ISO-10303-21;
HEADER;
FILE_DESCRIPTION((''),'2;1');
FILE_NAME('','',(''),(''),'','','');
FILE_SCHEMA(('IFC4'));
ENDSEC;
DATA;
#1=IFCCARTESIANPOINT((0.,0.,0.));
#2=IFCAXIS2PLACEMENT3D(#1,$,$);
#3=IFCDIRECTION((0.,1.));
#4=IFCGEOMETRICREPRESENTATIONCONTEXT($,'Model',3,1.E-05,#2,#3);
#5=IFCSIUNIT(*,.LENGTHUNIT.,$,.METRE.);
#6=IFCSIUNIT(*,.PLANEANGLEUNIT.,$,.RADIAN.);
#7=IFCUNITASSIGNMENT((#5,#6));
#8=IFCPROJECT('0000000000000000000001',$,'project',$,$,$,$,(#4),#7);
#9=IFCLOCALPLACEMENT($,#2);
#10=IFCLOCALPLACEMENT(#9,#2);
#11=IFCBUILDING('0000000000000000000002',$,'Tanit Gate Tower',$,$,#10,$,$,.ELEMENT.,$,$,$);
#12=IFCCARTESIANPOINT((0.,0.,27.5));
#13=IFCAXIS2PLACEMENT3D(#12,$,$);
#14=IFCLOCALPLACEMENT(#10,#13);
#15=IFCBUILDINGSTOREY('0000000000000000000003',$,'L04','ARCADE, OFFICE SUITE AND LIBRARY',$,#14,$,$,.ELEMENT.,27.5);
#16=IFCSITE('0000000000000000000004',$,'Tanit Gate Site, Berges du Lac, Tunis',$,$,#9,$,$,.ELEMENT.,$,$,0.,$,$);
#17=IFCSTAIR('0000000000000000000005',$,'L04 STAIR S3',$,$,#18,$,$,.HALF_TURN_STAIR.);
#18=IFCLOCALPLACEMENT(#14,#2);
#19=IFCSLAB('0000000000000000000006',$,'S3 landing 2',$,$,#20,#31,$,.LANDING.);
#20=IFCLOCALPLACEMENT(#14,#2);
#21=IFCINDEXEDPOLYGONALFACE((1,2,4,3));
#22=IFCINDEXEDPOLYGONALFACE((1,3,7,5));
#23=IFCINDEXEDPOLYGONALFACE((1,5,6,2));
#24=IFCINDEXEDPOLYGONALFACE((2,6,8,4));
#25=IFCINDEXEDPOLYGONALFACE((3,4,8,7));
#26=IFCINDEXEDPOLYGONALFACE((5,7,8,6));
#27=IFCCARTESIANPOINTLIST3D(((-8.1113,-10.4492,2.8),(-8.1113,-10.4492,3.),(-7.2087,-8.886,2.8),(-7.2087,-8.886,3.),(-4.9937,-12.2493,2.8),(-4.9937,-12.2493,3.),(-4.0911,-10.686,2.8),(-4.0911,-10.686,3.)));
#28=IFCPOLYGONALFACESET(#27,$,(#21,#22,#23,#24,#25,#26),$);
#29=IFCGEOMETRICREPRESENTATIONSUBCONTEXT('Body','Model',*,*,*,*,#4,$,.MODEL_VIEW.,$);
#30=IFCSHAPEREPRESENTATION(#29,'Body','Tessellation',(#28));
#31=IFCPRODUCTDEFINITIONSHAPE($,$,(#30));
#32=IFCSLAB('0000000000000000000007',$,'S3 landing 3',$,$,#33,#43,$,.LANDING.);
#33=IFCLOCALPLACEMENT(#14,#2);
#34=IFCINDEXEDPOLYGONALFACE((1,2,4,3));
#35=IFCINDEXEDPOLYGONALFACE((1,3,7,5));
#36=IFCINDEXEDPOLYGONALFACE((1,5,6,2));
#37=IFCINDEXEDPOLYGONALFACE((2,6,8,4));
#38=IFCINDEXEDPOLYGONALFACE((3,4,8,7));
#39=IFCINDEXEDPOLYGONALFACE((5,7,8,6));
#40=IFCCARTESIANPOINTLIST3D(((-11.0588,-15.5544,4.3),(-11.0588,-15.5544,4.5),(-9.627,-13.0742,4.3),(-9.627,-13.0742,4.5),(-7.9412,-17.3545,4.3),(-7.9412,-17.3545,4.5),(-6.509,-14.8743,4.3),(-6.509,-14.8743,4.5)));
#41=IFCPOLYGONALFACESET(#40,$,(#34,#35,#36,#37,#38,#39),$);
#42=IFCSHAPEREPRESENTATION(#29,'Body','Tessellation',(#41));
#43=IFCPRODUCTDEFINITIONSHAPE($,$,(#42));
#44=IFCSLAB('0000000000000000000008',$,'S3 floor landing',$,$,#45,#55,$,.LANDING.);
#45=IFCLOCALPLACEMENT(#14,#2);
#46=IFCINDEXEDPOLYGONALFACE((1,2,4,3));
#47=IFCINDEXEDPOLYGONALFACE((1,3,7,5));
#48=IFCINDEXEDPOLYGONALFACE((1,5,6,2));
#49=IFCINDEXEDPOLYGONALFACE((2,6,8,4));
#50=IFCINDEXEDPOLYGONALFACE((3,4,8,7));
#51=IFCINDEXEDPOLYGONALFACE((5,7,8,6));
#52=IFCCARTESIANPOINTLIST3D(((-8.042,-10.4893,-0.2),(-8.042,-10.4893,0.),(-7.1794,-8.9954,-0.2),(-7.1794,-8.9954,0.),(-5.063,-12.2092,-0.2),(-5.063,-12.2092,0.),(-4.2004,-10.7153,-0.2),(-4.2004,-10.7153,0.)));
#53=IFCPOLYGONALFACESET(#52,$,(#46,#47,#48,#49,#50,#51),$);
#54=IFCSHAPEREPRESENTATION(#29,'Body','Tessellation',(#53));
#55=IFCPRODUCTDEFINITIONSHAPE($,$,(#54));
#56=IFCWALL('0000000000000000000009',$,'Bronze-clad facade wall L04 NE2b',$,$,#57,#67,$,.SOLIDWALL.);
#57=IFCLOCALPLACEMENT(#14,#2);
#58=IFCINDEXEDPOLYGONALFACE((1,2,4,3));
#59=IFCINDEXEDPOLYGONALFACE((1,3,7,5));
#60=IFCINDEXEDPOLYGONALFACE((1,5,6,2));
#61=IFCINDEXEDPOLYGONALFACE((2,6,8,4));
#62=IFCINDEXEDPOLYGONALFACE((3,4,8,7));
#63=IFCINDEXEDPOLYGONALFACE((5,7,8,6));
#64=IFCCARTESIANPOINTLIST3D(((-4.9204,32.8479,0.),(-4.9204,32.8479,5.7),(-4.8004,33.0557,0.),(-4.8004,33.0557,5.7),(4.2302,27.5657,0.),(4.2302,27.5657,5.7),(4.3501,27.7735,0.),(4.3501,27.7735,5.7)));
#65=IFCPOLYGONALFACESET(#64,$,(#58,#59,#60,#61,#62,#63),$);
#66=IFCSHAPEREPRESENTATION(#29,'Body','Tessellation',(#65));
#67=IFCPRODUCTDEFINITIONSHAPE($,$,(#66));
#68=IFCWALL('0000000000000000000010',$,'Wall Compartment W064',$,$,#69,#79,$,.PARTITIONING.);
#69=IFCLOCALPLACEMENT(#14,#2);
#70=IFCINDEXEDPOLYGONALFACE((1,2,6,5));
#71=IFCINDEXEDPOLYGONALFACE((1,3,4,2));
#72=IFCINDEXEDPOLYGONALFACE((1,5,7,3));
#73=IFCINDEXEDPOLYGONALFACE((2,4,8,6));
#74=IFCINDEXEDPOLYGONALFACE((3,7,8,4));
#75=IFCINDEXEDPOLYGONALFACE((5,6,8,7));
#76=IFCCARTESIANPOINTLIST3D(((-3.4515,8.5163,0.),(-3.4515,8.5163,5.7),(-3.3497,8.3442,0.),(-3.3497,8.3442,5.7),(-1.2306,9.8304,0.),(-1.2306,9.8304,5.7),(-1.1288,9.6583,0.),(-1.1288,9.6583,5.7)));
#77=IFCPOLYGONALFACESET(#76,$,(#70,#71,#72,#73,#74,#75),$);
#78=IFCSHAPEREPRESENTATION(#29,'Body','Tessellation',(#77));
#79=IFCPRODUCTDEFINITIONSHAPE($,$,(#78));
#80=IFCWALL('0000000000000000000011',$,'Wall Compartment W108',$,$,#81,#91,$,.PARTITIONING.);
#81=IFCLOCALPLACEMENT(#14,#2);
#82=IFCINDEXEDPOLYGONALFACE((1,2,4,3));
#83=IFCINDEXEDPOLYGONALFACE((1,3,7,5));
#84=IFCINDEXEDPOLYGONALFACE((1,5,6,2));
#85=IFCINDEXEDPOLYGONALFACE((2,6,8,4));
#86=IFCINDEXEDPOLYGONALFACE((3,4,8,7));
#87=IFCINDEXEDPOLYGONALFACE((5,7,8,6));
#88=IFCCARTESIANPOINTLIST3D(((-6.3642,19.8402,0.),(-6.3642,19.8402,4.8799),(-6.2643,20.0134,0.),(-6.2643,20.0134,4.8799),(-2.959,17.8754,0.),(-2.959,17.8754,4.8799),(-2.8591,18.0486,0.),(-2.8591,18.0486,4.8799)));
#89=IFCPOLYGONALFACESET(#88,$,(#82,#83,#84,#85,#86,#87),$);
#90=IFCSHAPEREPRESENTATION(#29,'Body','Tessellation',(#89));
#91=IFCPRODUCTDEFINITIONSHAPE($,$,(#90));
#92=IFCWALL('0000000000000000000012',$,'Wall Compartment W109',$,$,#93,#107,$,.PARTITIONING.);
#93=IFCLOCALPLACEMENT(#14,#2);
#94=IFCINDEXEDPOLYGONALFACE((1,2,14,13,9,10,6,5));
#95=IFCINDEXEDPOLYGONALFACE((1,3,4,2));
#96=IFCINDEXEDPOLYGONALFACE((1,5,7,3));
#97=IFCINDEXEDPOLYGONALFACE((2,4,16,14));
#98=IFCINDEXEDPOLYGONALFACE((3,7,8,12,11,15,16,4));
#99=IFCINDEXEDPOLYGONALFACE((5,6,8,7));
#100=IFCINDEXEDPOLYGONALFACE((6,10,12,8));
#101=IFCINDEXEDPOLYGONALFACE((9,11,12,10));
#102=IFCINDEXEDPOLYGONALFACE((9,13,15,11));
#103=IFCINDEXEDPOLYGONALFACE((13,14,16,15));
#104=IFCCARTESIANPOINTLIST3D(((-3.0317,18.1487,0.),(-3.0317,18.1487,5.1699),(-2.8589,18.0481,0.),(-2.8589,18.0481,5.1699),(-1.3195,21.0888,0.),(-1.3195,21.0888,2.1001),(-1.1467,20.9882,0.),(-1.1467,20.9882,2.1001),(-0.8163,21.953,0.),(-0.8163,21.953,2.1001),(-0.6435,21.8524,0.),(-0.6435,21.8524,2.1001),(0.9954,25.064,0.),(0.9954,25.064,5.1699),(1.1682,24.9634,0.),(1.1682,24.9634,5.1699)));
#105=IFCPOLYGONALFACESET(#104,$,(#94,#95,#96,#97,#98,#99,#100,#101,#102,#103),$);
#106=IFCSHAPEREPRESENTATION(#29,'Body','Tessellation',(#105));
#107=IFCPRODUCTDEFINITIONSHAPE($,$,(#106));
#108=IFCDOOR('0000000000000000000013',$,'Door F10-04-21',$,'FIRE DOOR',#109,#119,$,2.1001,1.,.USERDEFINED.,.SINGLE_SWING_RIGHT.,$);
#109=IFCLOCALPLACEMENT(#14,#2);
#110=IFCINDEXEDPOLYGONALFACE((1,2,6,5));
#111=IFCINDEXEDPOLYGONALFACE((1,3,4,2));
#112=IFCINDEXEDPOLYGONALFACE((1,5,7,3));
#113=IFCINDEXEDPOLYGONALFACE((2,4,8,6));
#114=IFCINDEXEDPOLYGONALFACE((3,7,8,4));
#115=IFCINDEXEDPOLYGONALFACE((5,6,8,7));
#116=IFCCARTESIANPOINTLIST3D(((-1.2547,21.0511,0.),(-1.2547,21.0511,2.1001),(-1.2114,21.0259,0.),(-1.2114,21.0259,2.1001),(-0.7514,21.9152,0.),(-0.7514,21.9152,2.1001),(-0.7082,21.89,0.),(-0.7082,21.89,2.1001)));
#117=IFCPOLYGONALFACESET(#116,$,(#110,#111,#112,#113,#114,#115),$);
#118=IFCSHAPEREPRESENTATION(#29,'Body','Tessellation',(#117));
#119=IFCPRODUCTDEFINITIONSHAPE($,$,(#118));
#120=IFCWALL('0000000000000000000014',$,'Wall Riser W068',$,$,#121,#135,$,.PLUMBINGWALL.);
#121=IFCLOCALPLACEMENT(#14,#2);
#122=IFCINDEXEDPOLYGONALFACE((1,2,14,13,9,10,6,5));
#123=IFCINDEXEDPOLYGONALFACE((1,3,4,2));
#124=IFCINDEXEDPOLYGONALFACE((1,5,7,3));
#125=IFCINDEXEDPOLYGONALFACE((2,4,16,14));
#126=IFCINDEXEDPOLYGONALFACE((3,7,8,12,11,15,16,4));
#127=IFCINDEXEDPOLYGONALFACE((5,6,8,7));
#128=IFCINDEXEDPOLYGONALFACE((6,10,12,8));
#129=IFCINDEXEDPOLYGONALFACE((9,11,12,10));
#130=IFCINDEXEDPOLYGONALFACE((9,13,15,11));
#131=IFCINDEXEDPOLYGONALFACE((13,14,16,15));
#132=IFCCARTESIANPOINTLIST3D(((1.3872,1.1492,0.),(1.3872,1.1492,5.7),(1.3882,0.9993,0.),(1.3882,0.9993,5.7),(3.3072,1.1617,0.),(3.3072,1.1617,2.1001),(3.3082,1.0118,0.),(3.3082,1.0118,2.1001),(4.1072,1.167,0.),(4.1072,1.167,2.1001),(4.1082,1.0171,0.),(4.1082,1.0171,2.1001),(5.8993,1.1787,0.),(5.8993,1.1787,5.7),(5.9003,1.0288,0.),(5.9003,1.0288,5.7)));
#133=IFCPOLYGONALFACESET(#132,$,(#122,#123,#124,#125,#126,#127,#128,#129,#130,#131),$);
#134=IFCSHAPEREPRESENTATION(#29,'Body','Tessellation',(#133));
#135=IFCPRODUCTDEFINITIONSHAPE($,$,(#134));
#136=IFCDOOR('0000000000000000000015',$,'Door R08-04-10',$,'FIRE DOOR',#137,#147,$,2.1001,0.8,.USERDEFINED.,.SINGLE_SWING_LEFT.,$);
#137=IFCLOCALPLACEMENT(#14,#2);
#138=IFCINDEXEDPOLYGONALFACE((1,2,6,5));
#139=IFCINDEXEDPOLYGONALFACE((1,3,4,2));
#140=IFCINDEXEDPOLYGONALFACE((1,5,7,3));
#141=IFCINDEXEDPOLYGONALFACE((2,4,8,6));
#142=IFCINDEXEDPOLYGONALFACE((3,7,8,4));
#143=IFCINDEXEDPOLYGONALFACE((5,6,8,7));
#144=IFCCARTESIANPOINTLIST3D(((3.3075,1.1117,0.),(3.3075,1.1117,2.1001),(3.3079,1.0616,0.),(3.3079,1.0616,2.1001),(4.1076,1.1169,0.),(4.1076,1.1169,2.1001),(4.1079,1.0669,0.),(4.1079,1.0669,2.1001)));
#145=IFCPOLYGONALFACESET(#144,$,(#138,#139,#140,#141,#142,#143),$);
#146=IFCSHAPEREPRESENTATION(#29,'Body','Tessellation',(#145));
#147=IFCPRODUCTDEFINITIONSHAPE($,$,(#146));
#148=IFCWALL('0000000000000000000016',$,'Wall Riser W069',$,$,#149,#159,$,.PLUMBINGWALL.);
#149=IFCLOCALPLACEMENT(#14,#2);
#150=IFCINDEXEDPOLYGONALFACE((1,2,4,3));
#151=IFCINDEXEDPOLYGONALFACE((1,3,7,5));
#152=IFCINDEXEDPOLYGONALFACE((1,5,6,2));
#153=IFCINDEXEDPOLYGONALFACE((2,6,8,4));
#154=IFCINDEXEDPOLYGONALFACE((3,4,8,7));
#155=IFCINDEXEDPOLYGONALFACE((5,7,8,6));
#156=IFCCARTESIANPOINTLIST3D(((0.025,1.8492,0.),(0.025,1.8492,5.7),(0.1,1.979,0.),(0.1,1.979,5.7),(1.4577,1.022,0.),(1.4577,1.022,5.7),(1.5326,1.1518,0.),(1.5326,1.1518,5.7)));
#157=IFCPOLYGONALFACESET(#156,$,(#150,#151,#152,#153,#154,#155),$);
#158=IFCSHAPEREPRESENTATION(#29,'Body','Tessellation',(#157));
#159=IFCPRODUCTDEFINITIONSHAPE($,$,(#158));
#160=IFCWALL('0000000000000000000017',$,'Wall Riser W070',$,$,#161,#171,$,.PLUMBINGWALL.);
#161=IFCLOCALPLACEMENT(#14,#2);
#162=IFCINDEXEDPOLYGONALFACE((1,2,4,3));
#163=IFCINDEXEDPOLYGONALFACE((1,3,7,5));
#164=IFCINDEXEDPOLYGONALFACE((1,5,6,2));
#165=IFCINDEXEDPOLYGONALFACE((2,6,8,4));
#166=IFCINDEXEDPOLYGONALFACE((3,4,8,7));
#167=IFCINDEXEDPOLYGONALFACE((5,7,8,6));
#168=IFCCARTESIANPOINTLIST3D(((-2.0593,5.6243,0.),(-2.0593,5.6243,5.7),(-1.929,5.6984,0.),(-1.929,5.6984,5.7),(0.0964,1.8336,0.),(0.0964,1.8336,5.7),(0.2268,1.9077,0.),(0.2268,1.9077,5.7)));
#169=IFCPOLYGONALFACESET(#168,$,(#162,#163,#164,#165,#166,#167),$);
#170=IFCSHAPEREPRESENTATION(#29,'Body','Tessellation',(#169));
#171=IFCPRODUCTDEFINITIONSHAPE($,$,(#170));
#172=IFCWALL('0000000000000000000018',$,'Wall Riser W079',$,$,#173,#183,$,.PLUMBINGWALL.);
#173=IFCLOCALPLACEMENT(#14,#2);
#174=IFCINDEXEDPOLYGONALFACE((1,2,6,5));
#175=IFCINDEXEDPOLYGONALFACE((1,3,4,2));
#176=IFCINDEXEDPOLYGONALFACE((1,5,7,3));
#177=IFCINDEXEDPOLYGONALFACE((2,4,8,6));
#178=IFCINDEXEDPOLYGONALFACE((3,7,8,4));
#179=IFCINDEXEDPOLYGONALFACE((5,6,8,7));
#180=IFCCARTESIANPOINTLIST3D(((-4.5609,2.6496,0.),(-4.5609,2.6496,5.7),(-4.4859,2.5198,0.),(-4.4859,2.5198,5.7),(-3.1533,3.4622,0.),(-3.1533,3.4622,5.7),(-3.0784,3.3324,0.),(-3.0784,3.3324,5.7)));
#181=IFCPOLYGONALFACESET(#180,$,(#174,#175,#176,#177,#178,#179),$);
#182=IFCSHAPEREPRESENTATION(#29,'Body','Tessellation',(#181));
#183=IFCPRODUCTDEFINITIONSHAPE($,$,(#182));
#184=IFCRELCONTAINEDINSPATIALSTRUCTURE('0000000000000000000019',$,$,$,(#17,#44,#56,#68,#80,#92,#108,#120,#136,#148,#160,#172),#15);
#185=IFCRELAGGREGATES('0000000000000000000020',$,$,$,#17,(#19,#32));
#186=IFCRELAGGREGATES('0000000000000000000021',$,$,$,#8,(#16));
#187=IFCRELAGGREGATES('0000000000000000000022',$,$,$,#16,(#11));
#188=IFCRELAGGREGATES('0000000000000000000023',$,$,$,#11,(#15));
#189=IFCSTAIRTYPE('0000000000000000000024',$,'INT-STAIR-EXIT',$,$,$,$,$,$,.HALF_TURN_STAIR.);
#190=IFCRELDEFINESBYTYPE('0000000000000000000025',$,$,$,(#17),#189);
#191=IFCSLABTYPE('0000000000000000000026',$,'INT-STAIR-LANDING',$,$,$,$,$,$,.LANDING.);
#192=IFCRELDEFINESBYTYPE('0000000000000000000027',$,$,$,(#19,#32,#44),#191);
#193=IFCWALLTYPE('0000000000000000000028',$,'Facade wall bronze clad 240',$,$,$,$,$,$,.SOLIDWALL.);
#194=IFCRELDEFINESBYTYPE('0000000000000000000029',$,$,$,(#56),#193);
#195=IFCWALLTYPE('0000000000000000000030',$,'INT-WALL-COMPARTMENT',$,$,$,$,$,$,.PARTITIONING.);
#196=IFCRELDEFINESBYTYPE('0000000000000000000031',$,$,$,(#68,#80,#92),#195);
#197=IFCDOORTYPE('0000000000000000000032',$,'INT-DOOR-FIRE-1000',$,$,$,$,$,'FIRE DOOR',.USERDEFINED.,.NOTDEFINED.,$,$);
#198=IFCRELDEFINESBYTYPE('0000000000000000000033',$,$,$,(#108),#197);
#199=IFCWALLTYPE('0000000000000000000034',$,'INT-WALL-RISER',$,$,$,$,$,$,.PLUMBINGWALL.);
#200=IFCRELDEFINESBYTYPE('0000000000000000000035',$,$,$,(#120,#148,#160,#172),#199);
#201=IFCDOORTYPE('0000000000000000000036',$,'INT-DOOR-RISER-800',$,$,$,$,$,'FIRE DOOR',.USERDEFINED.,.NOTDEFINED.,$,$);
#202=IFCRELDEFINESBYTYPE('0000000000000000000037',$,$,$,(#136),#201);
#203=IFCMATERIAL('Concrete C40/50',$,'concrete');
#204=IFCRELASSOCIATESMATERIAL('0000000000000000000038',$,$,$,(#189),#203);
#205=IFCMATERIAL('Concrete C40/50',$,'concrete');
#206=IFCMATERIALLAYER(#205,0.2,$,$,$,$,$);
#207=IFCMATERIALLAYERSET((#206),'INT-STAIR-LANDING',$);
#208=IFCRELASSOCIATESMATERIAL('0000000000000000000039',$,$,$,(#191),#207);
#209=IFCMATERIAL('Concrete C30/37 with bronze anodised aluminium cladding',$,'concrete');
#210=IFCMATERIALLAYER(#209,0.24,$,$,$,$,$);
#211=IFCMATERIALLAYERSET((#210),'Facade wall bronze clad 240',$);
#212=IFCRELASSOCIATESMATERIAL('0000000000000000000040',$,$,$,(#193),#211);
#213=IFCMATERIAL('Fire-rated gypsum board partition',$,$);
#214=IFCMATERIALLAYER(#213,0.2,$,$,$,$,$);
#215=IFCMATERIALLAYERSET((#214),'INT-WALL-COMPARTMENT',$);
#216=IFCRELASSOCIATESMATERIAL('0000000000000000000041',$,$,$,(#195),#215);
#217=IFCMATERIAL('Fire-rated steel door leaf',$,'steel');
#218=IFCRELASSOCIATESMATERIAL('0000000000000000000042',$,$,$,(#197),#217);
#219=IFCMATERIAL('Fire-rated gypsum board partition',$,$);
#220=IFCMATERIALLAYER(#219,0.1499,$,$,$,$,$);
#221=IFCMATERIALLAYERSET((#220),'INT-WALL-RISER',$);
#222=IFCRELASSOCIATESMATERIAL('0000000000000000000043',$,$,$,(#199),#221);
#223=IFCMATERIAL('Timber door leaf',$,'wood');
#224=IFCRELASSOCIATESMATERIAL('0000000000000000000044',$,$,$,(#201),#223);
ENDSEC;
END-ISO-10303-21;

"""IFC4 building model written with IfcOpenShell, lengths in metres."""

from ifc_helpers import new_model, si_unit, direction, frame, frame_2d, origin, place, context, subcontext, project, spatial, polyline, rectangle, outline, extrude, material, layer, layer_set, type_object, element, fill, aggregate, save


model = new_model("IFC4")

# Units and contexts
model_context = context("Model", 3, precision=1e-05, world=origin(), true_north=direction((0.0, 1.0)))
body_context = subcontext(model_context, "Body", "Model", "MODEL_VIEW")
ifc_project = project(units=[si_unit("LENGTHUNIT", "METRE"), si_unit("PLANEANGLEUNIT", "RADIAN")], contexts=[model_context])

# Site, building, storey
site_placement = place(None, origin())
site = spatial("IfcSite", under=ifc_project, at=site_placement, Name="Tanit Gate Site, Berges du Lac, Tunis", CompositionType="ELEMENT", RefElevation=0.0)
building_placement = place(site_placement, origin())
building = spatial("IfcBuilding", under=site, at=building_placement, Name="Tanit Gate Tower", CompositionType="ELEMENT")
storey_placement = place(building_placement, frame((0.0, 0.0, 27.5)))
storey = spatial("IfcBuildingStorey", under=building, at=storey_placement, Name="L04", Description="ARCADE, OFFICE SUITE AND LIBRARY", CompositionType="ELEMENT", Elevation=27.5)

# Shared definitions
ifc_material_1 = material(Name="Concrete C40/50", Category="concrete")
stair_type = type_object("IfcStairType", Name="INT-STAIR-EXIT", PredefinedType="HALF_TURN_STAIR", material=ifc_material_1)
ifc_material_2 = material(Name="Concrete C40/50", Category="concrete")
ifc_layer_1 = layer(ifc_material_2, 0.2)
ifc_layer_set_1 = layer_set([ifc_layer_1], Name="INT-STAIR-LANDING")
slab_type = type_object("IfcSlabType", Name="INT-STAIR-LANDING", PredefinedType="LANDING", material=ifc_layer_set_1)

# Stair, slabs
stair_1_placement = place(storey_placement, origin())
stair_1 = element("IfcStair", 1, at=stair_1_placement, inside=storey, type_object=stair_type, Name="L04 STAIR S3", PredefinedType="HALF_TURN_STAIR")
slab_1_placement = place(storey_placement, frame((0.0, 0.0, 2.8)))
slab_1 = element("IfcSlab", 2, at=slab_1_placement, type_object=slab_type, Name="S3 landing 2", PredefinedType="LANDING", context=body_context, shape_type="SweptSolid", body=[
    extrude(outline(polyline([(-7.2087, -8.886), (-8.1113, -10.4492), (-4.9937, -12.2493), (-4.0911, -10.686), (-7.2087, -8.886)])), origin(), (0.0, 0.0, 1.0), 0.2),
])
slab_2_placement = place(storey_placement, frame((0.0, 0.0, 4.3)))
slab_2 = element("IfcSlab", 3, at=slab_2_placement, type_object=slab_type, Name="S3 landing 3", PredefinedType="LANDING", context=body_context, shape_type="SweptSolid", body=[
    extrude(outline(polyline([(-9.627, -13.0742), (-11.0588, -15.5544), (-7.9412, -17.3545), (-6.509, -14.8743), (-9.627, -13.0742)])), origin(), (0.0, 0.0, 1.0), 0.2),
])
aggregate(stair_1, [slab_1, slab_2])

# Slab
slab_3_placement = place(storey_placement, frame((0.0, 0.0, -0.2)))
element("IfcSlab", 4, at=slab_3_placement, inside=storey, type_object=slab_type, Name="S3 floor landing", PredefinedType="LANDING", context=body_context, shape_type="SweptSolid", body=[
    extrude(outline(polyline([(-7.1794, -8.9954), (-8.042, -10.4893), (-5.063, -12.2092), (-4.2004, -10.7153), (-7.1794, -8.9954)])), origin(), (0.0, 0.0, 1.0), 0.2),
])

# Walls
ifc_material_3 = material(Name="Concrete C30/37 with bronze anodised aluminium cladding", Category="concrete")
ifc_layer_2 = layer(ifc_material_3, 0.24)
ifc_layer_set_2 = layer_set([ifc_layer_2], Name="Facade wall bronze clad 240")
wall_type_1 = type_object("IfcWallType", Name="Facade wall bronze clad 240", PredefinedType="SOLIDWALL", material=ifc_layer_set_2)
wall_1_placement = place(storey_placement, frame((4.29, 27.6697, 0.0), z_axis=(0.0, 0.0, 1.0), x_axis=(-0.866062, 0.499936, 0.0)))
element("IfcWall", 5, at=wall_1_placement, inside=storey, type_object=wall_type_1, Name="Bronze-clad facade wall L04 NE2b", PredefinedType="SOLIDWALL", context=body_context, shape_type="SweptSolid", body=[
    extrude(rectangle(XDim=10.5657, YDim=0.24, at=frame_2d((5.2827, 0.0))), origin(), (0.0, 0.0, 1.0), 5.7),
])
ifc_material_4 = material(Name="Fire-rated gypsum board partition")
ifc_layer_3 = layer(ifc_material_4, 0.2)
ifc_layer_set_3 = layer_set([ifc_layer_3], Name="INT-WALL-COMPARTMENT")
wall_type_2 = type_object("IfcWallType", Name="INT-WALL-COMPARTMENT", PredefinedType="PARTITIONING", material=ifc_layer_set_3)
wall_2_placement = place(storey_placement, frame((-1.1797, 9.7444, 0.0), z_axis=(0.0, 0.0, 1.0), x_axis=(-0.860616, -0.509255, 0.0)))
element("IfcWall", 6, at=wall_2_placement, inside=storey, type_object=wall_type_2, Name="Wall Compartment W064", PredefinedType="PARTITIONING", context=body_context, shape_type="SweptSolid", body=[
    extrude(rectangle(XDim=2.5806, YDim=0.2, at=frame_2d((1.2903, 0.0))), origin(), (0.0, 0.0, 1.0), 5.7),
])
wall_3_placement = place(storey_placement, frame((-2.9089, 17.9619, 0.0), z_axis=(0.0, 0.0, 1.0), x_axis=(-0.866157, 0.499773, 0.0)))
element("IfcWall", 7, at=wall_3_placement, inside=storey, type_object=wall_type_2, Name="Wall Compartment W108", PredefinedType="PARTITIONING", context=body_context, shape_type="SweptSolid", body=[
    extrude(rectangle(XDim=3.9314, YDim=0.2, at=frame_2d((1.9658, 0.0))), origin(), (0.0, 0.0, 1.0), 4.8799),
])

# Walls, openings, doors
wall_4_placement = place(storey_placement, frame((-2.9453, 18.0984, 0.0), z_axis=(0.0, 0.0, 1.0), x_axis=(0.503235, 0.864149, 0.0)))
wall_4 = element("IfcWall", 8, at=wall_4_placement, inside=storey, type_object=wall_type_2, Name="Wall Compartment W109", PredefinedType="PARTITIONING", context=body_context, shape_type="SweptSolid", body=[
    extrude(rectangle(XDim=8.0024, YDim=0.2, at=frame_2d((4.0012, 0.0))), origin(), (0.0, 0.0, 1.0), 5.1699),
])
opening_1_placement = place(wall_4_placement, frame((3.4023, 0.0, 0.0)))
opening_1 = element("IfcOpeningElement", 9, at=opening_1_placement, cuts=wall_4, PredefinedType="OPENING", context=body_context, shape_type="SweptSolid", body=[
    extrude(rectangle(XDim=1.0, YDim=2.1001, at=frame_2d((0.5, 1.05))), frame((0.0, 0.1099, 0.0), z_axis=(0.0, -1.0, 0.0), x_axis=(1.0, 0.0, 0.0)), (0.0, 0.0, 1.0), 0.22),
])
ifc_material_5 = material(Name="Fire-rated steel door leaf", Category="steel")
door_type_1 = type_object("IfcDoorType", Name="INT-DOOR-FIRE-1000", ElementType="FIRE DOOR", OperationType="NOTDEFINED", PredefinedType="USERDEFINED", material=ifc_material_5)
door_1_placement = place(opening_1_placement, origin())
door_1 = element("IfcDoor", 10, at=door_1_placement, inside=storey, type_object=door_type_1, Name="Door F10-04-21", ObjectType="FIRE DOOR", OperationType="SINGLE_SWING_RIGHT", OverallHeight=2.1001, OverallWidth=1.0, PredefinedType="USERDEFINED", context=body_context, shape_type="SweptSolid", body=[
    extrude(rectangle(XDim=1.0, YDim=2.1001, at=frame_2d((0.5, 1.05))), frame((0.0, 0.0249, 0.0), z_axis=(0.0, -1.0, 0.0), x_axis=(1.0, 0.0, 0.0)), (0.0, 0.0, 1.0), 0.05),
])
fill(opening_1, door_1)
ifc_material_6 = material(Name="Fire-rated gypsum board partition")
ifc_layer_4 = layer(ifc_material_6, 0.1499)
ifc_layer_set_4 = layer_set([ifc_layer_4], Name="INT-WALL-RISER")
wall_type_3 = type_object("IfcWallType", Name="INT-WALL-RISER", PredefinedType="PLUMBINGWALL", material=ifc_layer_set_4)
wall_5_placement = place(storey_placement, frame((1.3877, 1.0742, 0.0), z_axis=(0.0, 0.0, 1.0), x_axis=(0.999979, 0.006547, 0.0)))
wall_5 = element("IfcWall", 11, at=wall_5_placement, inside=storey, type_object=wall_type_3, Name="Wall Riser W068", PredefinedType="PLUMBINGWALL", context=body_context, shape_type="SweptSolid", body=[
    extrude(rectangle(XDim=4.5122, YDim=0.1499, at=frame_2d((2.2561, 0.0))), origin(), (0.0, 0.0, 1.0), 5.7),
])
opening_2_placement = place(wall_5_placement, frame((1.9202, 0.0, 0.0)))
opening_2 = element("IfcOpeningElement", 12, at=opening_2_placement, cuts=wall_5, PredefinedType="OPENING", context=body_context, shape_type="SweptSolid", body=[
    extrude(rectangle(XDim=0.8, YDim=2.1001, at=frame_2d((0.3999, 1.05))), frame((0.0, 0.085, 0.0), z_axis=(0.0, -1.0, 0.0), x_axis=(1.0, 0.0, 0.0)), (0.0, 0.0, 1.0), 0.1699),
])
ifc_material_7 = material(Name="Timber door leaf", Category="wood")
door_type_2 = type_object("IfcDoorType", Name="INT-DOOR-RISER-800", ElementType="FIRE DOOR", OperationType="NOTDEFINED", PredefinedType="USERDEFINED", material=ifc_material_7)
door_2_placement = place(opening_2_placement, origin())
door_2 = element("IfcDoor", 13, at=door_2_placement, inside=storey, type_object=door_type_2, Name="Door R08-04-10", ObjectType="FIRE DOOR", OperationType="SINGLE_SWING_LEFT", OverallHeight=2.1001, OverallWidth=0.8, PredefinedType="USERDEFINED", context=body_context, shape_type="SweptSolid", body=[
    extrude(rectangle(XDim=0.8, YDim=2.1001, at=frame_2d((0.3999, 1.05))), frame((0.0, 0.0249, 0.0), z_axis=(0.0, -1.0, 0.0), x_axis=(1.0, 0.0, 0.0)), (0.0, 0.0, 1.0), 0.05),
])
fill(opening_2, door_2)

# Walls
wall_6_placement = place(storey_placement, frame((0.0625, 1.9141, 0.0), z_axis=(0.0, 0.0, 1.0), x_axis=(0.866018, -0.500012, 0.0)))
element("IfcWall", 14, at=wall_6_placement, inside=storey, type_object=wall_type_3, Name="Wall Riser W069", PredefinedType="PLUMBINGWALL", context=body_context, shape_type="SweptSolid", body=[
    extrude(rectangle(XDim=1.6543, YDim=0.1499, at=frame_2d((0.8271, 0.0))), origin(), (0.0, 0.0, 1.0), 5.7),
])
wall_7_placement = place(storey_placement, frame((-1.9941, 5.6614, 0.0), z_axis=(0.0, 0.0, 1.0), x_axis=(0.494341, -0.869268, 0.0)))
element("IfcWall", 15, at=wall_7_placement, inside=storey, type_object=wall_type_3, Name="Wall Riser W070", PredefinedType="PLUMBINGWALL", context=body_context, shape_type="SweptSolid", body=[
    extrude(rectangle(XDim=4.3608, YDim=0.1499, at=frame_2d((2.1804, 0.0))), origin(), (0.0, 0.0, 1.0), 5.7),
])
wall_8_placement = place(storey_placement, frame((-3.116, 3.3972, 0.0), z_axis=(0.0, 0.0, 1.0), x_axis=(-0.866053, -0.499952, 0.0)))
element("IfcWall", 16, at=wall_8_placement, inside=storey, type_object=wall_type_3, Name="Wall Riser W079", PredefinedType="PLUMBINGWALL", context=body_context, shape_type="SweptSolid", body=[
    extrude(rectangle(XDim=1.6252, YDim=0.1499, at=frame_2d((0.8125, 0.0))), origin(), (0.0, 0.0, 1.0), 5.7),
])

save(model, "model.ifc")
